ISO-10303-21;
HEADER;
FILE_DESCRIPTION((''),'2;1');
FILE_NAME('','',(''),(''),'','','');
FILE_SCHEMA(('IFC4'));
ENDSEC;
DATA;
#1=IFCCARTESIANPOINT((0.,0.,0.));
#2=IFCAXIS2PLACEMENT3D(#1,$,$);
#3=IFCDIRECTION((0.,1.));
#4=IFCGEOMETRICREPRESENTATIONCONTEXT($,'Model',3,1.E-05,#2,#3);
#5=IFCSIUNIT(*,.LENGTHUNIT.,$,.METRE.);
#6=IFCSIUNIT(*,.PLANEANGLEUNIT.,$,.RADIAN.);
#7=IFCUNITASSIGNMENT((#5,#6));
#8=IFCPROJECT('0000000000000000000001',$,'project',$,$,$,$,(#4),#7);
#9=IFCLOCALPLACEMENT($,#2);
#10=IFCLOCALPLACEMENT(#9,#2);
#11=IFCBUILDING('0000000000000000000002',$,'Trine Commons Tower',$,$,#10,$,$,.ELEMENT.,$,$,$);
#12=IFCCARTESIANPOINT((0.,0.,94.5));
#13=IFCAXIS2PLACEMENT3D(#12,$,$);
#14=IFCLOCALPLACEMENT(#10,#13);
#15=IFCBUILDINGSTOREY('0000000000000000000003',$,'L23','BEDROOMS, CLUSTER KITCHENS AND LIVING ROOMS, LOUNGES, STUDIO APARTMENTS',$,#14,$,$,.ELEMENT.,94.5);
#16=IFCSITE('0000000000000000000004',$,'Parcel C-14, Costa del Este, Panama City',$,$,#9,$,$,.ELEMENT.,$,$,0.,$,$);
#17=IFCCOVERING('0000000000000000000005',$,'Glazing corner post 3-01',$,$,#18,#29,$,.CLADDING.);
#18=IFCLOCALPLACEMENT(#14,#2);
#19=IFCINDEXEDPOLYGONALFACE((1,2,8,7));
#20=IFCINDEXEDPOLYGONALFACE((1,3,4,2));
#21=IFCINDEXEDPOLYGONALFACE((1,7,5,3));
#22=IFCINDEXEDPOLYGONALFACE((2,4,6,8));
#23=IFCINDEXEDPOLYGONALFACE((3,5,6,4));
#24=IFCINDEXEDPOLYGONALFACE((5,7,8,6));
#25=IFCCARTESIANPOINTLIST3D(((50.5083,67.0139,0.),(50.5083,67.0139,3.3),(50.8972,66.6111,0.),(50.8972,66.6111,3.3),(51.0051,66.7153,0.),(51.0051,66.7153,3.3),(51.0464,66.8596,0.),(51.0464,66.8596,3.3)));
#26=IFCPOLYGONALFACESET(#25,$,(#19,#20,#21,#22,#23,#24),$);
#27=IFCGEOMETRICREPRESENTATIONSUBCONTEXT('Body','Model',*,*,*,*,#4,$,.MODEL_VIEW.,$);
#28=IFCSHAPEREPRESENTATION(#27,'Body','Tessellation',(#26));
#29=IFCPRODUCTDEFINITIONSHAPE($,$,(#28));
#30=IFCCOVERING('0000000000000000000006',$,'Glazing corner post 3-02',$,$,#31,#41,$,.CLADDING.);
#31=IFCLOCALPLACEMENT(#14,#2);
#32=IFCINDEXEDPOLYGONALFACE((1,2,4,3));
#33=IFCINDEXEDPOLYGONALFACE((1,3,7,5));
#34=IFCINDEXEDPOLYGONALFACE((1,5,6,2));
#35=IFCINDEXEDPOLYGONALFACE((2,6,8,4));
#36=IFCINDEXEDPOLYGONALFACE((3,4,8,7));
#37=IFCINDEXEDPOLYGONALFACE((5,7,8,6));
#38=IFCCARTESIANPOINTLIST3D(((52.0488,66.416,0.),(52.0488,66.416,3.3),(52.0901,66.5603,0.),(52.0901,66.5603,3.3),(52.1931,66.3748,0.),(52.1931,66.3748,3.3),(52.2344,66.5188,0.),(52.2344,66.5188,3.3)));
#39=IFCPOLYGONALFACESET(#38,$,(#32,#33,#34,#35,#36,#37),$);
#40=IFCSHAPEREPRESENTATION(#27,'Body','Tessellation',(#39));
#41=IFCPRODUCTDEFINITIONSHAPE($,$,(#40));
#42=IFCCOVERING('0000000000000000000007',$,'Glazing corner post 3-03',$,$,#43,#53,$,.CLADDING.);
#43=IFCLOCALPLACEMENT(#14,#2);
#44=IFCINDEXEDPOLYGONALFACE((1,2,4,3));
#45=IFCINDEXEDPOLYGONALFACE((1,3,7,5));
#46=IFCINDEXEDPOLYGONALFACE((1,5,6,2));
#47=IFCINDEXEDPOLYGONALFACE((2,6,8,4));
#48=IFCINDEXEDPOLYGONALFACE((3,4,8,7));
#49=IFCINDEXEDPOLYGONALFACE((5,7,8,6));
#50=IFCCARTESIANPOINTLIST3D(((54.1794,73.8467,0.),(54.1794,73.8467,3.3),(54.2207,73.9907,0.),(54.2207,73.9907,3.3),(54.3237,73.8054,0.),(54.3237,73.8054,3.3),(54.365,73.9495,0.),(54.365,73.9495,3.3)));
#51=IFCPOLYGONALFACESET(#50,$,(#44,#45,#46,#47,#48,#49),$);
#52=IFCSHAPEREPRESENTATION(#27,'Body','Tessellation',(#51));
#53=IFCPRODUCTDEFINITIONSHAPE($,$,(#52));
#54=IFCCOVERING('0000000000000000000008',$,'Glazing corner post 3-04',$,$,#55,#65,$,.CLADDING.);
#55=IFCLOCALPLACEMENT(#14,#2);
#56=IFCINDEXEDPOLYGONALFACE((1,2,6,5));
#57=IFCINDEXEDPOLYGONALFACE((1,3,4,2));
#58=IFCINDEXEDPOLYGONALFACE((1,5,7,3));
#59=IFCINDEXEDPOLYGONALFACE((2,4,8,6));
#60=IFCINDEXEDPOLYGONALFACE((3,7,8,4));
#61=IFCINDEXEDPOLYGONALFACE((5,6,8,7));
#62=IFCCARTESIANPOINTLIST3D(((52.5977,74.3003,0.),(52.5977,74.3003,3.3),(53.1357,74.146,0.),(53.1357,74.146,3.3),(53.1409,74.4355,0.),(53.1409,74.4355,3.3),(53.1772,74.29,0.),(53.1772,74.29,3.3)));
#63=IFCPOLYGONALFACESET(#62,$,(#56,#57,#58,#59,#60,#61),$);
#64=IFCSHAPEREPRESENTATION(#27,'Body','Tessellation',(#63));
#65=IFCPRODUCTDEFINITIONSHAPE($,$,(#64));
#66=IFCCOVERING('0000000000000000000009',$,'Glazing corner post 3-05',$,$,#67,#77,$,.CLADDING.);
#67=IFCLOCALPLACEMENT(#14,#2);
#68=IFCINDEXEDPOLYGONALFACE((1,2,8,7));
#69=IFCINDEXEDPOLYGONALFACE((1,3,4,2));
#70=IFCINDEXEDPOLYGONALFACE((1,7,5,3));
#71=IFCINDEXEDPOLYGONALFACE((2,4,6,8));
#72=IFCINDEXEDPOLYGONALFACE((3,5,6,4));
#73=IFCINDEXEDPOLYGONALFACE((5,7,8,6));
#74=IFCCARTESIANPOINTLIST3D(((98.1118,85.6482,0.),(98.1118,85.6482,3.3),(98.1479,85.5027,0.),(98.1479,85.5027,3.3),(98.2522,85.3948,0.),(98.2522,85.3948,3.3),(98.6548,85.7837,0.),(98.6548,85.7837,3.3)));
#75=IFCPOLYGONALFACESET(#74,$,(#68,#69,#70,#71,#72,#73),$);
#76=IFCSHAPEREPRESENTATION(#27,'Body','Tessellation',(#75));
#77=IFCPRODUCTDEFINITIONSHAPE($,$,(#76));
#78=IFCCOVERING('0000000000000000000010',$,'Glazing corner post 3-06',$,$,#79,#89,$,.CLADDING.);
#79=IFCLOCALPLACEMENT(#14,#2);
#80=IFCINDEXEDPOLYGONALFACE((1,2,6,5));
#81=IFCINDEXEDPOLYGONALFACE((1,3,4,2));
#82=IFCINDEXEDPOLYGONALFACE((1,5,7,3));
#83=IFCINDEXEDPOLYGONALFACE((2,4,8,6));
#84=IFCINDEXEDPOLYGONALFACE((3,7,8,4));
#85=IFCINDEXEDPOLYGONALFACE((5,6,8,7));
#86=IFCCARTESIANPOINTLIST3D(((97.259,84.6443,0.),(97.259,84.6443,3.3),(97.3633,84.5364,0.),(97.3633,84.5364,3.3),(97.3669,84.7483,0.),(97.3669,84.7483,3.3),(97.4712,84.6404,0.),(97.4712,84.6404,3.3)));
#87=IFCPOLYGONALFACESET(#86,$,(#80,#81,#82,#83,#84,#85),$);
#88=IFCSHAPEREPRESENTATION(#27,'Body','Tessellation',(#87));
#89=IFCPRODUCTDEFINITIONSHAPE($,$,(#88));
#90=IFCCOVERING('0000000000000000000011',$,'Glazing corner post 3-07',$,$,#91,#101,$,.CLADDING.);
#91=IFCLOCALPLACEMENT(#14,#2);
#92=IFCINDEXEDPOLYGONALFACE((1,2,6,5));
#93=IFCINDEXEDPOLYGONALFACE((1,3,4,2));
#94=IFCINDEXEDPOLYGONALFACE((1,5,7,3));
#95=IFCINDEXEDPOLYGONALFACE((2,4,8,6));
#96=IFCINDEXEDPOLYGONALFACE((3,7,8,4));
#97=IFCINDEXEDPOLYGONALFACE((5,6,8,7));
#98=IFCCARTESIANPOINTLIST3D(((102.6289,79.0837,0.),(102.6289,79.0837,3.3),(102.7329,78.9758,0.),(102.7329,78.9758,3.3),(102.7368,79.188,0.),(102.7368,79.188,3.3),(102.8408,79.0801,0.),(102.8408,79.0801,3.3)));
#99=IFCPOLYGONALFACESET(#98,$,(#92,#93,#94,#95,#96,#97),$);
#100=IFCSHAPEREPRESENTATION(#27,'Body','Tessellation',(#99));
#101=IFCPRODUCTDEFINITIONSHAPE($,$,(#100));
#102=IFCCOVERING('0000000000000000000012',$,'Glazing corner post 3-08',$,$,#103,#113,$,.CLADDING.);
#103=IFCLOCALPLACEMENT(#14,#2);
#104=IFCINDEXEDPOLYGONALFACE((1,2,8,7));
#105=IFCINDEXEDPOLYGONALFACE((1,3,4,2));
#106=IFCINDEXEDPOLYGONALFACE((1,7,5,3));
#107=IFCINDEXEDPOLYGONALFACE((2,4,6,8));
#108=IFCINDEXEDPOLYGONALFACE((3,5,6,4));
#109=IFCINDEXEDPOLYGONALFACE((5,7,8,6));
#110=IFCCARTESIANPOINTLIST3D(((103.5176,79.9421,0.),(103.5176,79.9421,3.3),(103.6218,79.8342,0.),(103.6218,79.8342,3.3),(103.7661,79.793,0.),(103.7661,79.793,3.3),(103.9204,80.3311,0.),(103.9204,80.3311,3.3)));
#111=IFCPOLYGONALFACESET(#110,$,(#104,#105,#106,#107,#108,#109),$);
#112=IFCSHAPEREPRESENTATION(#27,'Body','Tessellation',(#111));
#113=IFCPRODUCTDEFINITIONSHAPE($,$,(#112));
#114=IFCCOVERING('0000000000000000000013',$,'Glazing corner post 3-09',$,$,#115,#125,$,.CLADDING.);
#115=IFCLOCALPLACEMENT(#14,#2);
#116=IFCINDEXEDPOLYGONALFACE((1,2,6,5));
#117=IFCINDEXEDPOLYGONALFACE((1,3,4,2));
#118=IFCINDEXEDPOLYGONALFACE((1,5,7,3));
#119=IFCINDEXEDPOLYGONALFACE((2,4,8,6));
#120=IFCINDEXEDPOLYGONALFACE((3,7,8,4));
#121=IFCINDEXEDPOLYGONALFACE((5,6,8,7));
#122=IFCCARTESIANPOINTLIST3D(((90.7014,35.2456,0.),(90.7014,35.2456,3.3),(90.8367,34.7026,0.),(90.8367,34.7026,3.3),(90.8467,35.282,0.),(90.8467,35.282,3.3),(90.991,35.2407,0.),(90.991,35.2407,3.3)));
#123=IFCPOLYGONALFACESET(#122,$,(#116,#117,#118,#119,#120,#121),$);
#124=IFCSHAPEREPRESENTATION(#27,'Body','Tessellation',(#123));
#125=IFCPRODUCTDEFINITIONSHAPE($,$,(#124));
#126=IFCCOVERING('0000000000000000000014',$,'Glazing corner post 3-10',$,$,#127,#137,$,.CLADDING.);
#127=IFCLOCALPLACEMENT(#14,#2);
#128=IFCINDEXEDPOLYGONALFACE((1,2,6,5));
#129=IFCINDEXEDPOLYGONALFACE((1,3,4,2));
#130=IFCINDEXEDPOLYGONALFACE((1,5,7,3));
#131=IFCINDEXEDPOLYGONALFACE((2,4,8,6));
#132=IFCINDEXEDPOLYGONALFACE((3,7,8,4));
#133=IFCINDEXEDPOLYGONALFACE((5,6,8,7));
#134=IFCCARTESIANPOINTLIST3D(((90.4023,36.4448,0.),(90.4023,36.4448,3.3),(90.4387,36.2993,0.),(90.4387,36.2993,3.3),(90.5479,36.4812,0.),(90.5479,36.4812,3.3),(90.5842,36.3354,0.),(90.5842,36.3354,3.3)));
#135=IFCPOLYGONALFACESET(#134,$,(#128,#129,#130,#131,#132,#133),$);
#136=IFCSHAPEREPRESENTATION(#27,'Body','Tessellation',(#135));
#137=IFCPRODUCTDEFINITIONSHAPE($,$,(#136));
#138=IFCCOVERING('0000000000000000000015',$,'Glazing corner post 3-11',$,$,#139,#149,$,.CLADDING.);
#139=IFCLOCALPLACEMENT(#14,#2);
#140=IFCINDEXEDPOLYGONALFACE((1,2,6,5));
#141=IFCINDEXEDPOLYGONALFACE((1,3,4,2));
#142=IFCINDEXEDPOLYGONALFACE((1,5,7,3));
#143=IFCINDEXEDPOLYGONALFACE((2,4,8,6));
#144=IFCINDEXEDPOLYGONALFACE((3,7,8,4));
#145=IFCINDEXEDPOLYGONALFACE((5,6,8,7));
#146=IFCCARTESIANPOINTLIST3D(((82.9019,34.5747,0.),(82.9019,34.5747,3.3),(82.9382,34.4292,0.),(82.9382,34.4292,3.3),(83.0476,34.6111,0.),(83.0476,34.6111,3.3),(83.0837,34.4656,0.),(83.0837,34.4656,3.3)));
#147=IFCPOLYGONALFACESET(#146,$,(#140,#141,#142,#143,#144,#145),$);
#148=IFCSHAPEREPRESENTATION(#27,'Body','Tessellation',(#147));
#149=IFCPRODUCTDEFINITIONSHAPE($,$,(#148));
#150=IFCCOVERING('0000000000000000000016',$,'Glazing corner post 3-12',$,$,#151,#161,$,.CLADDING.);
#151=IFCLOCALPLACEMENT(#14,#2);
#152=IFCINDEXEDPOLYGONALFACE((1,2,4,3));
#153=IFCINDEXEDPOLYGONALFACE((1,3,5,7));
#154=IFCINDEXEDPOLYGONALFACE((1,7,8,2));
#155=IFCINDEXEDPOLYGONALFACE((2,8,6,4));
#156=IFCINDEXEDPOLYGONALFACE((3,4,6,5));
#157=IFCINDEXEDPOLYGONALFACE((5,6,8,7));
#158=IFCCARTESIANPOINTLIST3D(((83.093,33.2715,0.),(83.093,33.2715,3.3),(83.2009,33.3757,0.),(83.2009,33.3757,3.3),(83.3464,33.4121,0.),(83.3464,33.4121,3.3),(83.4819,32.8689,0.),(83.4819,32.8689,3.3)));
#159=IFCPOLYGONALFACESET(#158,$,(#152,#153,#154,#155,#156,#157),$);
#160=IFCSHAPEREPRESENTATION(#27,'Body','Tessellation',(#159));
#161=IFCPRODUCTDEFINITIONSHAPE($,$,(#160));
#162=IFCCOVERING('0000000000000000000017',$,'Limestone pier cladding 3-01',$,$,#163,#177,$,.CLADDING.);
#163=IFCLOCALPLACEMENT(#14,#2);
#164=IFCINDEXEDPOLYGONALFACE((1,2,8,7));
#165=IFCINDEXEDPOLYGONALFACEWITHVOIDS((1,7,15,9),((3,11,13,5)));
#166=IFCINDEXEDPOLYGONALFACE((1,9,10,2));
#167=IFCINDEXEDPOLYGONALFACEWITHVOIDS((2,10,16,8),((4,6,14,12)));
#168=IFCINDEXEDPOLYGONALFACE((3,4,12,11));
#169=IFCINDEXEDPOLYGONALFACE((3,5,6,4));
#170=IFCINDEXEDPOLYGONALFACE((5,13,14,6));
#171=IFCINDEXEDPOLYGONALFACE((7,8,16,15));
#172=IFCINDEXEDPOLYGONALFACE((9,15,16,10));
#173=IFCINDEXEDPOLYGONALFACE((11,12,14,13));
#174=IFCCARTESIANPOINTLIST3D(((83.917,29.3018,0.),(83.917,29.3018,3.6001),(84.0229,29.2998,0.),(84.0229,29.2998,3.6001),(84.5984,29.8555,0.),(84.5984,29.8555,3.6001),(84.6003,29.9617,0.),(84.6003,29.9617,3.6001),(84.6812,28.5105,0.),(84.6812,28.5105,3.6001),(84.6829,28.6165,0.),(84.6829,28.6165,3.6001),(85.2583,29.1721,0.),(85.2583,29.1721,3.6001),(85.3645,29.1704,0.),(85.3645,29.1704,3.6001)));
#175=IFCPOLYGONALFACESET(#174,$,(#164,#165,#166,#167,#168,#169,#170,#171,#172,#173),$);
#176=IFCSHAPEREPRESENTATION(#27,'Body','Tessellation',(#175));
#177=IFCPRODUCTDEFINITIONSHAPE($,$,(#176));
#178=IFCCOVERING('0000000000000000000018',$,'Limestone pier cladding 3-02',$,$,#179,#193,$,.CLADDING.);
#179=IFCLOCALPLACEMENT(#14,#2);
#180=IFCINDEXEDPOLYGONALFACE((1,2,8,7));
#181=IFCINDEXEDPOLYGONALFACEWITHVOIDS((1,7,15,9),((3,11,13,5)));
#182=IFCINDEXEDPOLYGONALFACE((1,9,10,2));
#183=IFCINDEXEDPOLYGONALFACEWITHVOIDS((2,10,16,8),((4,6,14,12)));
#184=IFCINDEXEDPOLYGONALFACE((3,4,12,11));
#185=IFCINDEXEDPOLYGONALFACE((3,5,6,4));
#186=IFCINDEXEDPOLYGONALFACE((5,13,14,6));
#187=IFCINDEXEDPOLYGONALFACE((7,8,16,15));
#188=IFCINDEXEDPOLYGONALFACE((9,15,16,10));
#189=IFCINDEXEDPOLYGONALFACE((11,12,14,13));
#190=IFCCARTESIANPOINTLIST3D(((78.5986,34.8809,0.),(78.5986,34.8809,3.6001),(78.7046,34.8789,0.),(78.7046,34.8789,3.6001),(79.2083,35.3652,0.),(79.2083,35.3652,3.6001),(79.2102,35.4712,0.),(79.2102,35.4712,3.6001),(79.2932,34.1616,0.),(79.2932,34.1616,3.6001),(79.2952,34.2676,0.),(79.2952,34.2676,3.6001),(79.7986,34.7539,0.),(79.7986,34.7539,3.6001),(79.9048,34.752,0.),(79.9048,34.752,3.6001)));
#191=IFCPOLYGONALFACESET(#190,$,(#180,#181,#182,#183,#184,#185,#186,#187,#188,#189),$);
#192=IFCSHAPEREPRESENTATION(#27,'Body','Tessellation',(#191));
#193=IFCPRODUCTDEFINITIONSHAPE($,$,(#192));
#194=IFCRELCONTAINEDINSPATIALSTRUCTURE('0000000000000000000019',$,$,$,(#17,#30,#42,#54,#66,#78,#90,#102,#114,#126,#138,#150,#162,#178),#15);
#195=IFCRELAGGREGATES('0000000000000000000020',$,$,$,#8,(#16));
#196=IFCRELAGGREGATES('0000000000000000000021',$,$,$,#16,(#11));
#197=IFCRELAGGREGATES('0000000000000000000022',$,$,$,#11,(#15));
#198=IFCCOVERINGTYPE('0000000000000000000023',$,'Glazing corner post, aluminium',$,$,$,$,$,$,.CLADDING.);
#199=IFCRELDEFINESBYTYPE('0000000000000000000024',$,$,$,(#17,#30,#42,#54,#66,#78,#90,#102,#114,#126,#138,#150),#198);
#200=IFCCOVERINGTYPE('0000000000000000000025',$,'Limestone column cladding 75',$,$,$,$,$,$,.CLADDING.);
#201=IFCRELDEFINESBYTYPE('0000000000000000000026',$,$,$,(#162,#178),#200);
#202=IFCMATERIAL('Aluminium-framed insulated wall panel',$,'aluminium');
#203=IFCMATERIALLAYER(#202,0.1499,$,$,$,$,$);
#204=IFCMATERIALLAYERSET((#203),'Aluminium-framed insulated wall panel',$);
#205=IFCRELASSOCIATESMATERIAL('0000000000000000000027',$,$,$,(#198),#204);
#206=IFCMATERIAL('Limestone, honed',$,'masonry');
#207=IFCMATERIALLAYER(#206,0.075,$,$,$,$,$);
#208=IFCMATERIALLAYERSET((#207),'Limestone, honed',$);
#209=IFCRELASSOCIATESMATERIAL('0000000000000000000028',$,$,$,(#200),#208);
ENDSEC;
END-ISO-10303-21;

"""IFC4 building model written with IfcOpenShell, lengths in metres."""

from ifc_helpers import new_model, si_unit, direction, frame, origin, place, context, subcontext, project, spatial, polyline, outline, extrude, material, layer, layer_set, type_object, element, save


model = new_model("IFC4")

# Units and contexts
model_context = context("Model", 3, precision=1e-05, world=origin(), true_north=direction((0.0, 1.0)))
body_context = subcontext(model_context, "Body", "Model", "MODEL_VIEW")
ifc_project = project(units=[si_unit("LENGTHUNIT", "METRE"), si_unit("PLANEANGLEUNIT", "RADIAN")], contexts=[model_context])

# Site, building, storey
site_placement = place(None, origin())
site = spatial("IfcSite", under=ifc_project, at=site_placement, Name="Parcel C-14, Costa del Este, Panama City", CompositionType="ELEMENT", RefElevation=0.0)
building_placement = place(site_placement, origin())
building = spatial("IfcBuilding", under=site, at=building_placement, Name="Trine Commons Tower", CompositionType="ELEMENT")
storey_placement = place(building_placement, frame((0.0, 0.0, 94.5)))
storey = spatial("IfcBuildingStorey", under=building, at=storey_placement, Name="L23", Description="BEDROOMS, CLUSTER KITCHENS AND LIVING ROOMS, LOUNGES, STUDIO APARTMENTS", CompositionType="ELEMENT", Elevation=94.5)

# Coverings
ifc_material_1 = material(Name="Aluminium-framed insulated wall panel", Category="aluminium")
ifc_layer_1 = layer(ifc_material_1, 0.1499)
ifc_layer_set_1 = layer_set([ifc_layer_1], Name="Aluminium-framed insulated wall panel")
covering_type_1 = type_object("IfcCoveringType", Name="Glazing corner post, aluminium", PredefinedType="CLADDING", material=ifc_layer_set_1)
covering_1_placement = place(storey_placement, origin())
element("IfcCovering", 1, at=covering_1_placement, inside=storey, type_object=covering_type_1, Name="Glazing corner post 3-01", PredefinedType="CLADDING", context=body_context, shape_type="SweptSolid", body=[
    extrude(outline(polyline([(50.8972, 66.6111), (51.0051, 66.7153), (51.0464, 66.8596), (50.5083, 67.0139), (50.8972, 66.6111)])), origin(), (0.0, 0.0, 1.0), 3.3),
])
covering_2_placement = place(storey_placement, origin())
element("IfcCovering", 2, at=covering_2_placement, inside=storey, type_object=covering_type_1, Name="Glazing corner post 3-02", PredefinedType="CLADDING", context=body_context, shape_type="SweptSolid", body=[
    extrude(outline(polyline([(52.0488, 66.416), (52.1931, 66.3748), (52.2344, 66.5188), (52.0901, 66.5603), (52.0488, 66.416)])), origin(), (0.0, 0.0, 1.0), 3.3),
])
covering_3_placement = place(storey_placement, origin())
element("IfcCovering", 3, at=covering_3_placement, inside=storey, type_object=covering_type_1, Name="Glazing corner post 3-03", PredefinedType="CLADDING", context=body_context, shape_type="SweptSolid", body=[
    extrude(outline(polyline([(54.3237, 73.8054), (54.365, 73.9495), (54.2207, 73.9907), (54.1794, 73.8467), (54.3237, 73.8054)])), origin(), (0.0, 0.0, 1.0), 3.3),
])
covering_4_placement = place(storey_placement, origin())
element("IfcCovering", 4, at=covering_4_placement, inside=storey, type_object=covering_type_1, Name="Glazing corner post 3-04", PredefinedType="CLADDING", context=body_context, shape_type="SweptSolid", body=[
    extrude(outline(polyline([(53.1357, 74.146), (53.1772, 74.29), (53.1409, 74.4355), (52.5977, 74.3003), (53.1357, 74.146)])), origin(), (0.0, 0.0, 1.0), 3.3),
])
covering_5_placement = place(storey_placement, origin())
element("IfcCovering", 5, at=covering_5_placement, inside=storey, type_object=covering_type_1, Name="Glazing corner post 3-05", PredefinedType="CLADDING", context=body_context, shape_type="SweptSolid", body=[
    extrude(outline(polyline([(98.2522, 85.3948), (98.6548, 85.7837), (98.1118, 85.6482), (98.1479, 85.5027), (98.2522, 85.3948)])), origin(), (0.0, 0.0, 1.0), 3.3),
])
covering_6_placement = place(storey_placement, origin())
element("IfcCovering", 6, at=covering_6_placement, inside=storey, type_object=covering_type_1, Name="Glazing corner post 3-06", PredefinedType="CLADDING", context=body_context, shape_type="SweptSolid", body=[
    extrude(outline(polyline([(97.3633, 84.5364), (97.4712, 84.6404), (97.4712, 84.6404), (97.3669, 84.7483), (97.259, 84.6443), (97.3633, 84.5364)])), origin(), (0.0, 0.0, 1.0), 3.3),
])
covering_7_placement = place(storey_placement, origin())
element("IfcCovering", 7, at=covering_7_placement, inside=storey, type_object=covering_type_1, Name="Glazing corner post 3-07", PredefinedType="CLADDING", context=body_context, shape_type="SweptSolid", body=[
    extrude(outline(polyline([(102.6289, 79.0837), (102.7329, 78.9758), (102.8408, 79.0801), (102.7368, 79.188), (102.7368, 79.188), (102.6289, 79.0837)])), origin(), (0.0, 0.0, 1.0), 3.3),
])
covering_8_placement = place(storey_placement, origin())
element("IfcCovering", 8, at=covering_8_placement, inside=storey, type_object=covering_type_1, Name="Glazing corner post 3-08", PredefinedType="CLADDING", context=body_context, shape_type="SweptSolid", body=[
    extrude(outline(polyline([(103.7661, 79.793), (103.9204, 80.3311), (103.5176, 79.9421), (103.6218, 79.8342), (103.7661, 79.793)])), origin(), (0.0, 0.0, 1.0), 3.3),
])
covering_9_placement = place(storey_placement, origin())
element("IfcCovering", 9, at=covering_9_placement, inside=storey, type_object=covering_type_1, Name="Glazing corner post 3-09", PredefinedType="CLADDING", context=body_context, shape_type="SweptSolid", body=[
    extrude(outline(polyline([(90.7014, 35.2456), (90.8367, 34.7026), (90.991, 35.2407), (90.8467, 35.282), (90.7014, 35.2456)])), origin(), (0.0, 0.0, 1.0), 3.3),
])
covering_10_placement = place(storey_placement, origin())
element("IfcCovering", 10, at=covering_10_placement, inside=storey, type_object=covering_type_1, Name="Glazing corner post 3-10", PredefinedType="CLADDING", context=body_context, shape_type="SweptSolid", body=[
    extrude(outline(polyline([(90.4023, 36.4448), (90.4387, 36.2993), (90.5842, 36.3354), (90.5479, 36.4812), (90.4023, 36.4448)])), origin(), (0.0, 0.0, 1.0), 3.3),
])
covering_11_placement = place(storey_placement, origin())
element("IfcCovering", 11, at=covering_11_placement, inside=storey, type_object=covering_type_1, Name="Glazing corner post 3-11", PredefinedType="CLADDING", context=body_context, shape_type="SweptSolid", body=[
    extrude(outline(polyline([(82.9382, 34.4292), (83.0837, 34.4656), (83.0476, 34.6111), (82.9019, 34.5747), (82.9382, 34.4292)])), origin(), (0.0, 0.0, 1.0), 3.3),
])
covering_12_placement = place(storey_placement, origin())
element("IfcCovering", 12, at=covering_12_placement, inside=storey, type_object=covering_type_1, Name="Glazing corner post 3-12", PredefinedType="CLADDING", context=body_context, shape_type="SweptSolid", body=[
    extrude(outline(polyline([(83.093, 33.2715), (83.4819, 32.8689), (83.3464, 33.4121), (83.2009, 33.3757), (83.093, 33.2715)])), origin(), (0.0, 0.0, 1.0), 3.3),
])
ifc_material_2 = material(Name="Limestone, honed", Category="masonry")
ifc_layer_2 = layer(ifc_material_2, 0.075)
ifc_layer_set_2 = layer_set([ifc_layer_2], Name="Limestone, honed")
covering_type_2 = type_object("IfcCoveringType", Name="Limestone column cladding 75", PredefinedType="CLADDING", material=ifc_layer_set_2)
covering_13_placement = place(storey_placement, origin())
element("IfcCovering", 13, at=covering_13_placement, inside=storey, type_object=covering_type_2, Name="Limestone pier cladding 3-01", PredefinedType="CLADDING", context=body_context, shape_type="SweptSolid", body=[
    extrude(outline(polyline([(84.6003, 29.9617), (83.917, 29.3018), (84.6812, 28.5105), (85.3645, 29.1704), (84.6003, 29.9617)]), holes=[polyline([(84.5984, 29.8555), (84.0229, 29.2998), (84.6829, 28.6165), (85.2583, 29.1721), (84.5984, 29.8555)])]), origin(), (0.0, 0.0, 1.0), 3.6001),
])
covering_14_placement = place(storey_placement, origin())
element("IfcCovering", 14, at=covering_14_placement, inside=storey, type_object=covering_type_2, Name="Limestone pier cladding 3-02", PredefinedType="CLADDING", context=body_context, shape_type="SweptSolid", body=[
    extrude(outline(polyline([(79.2102, 35.4712), (78.5986, 34.8809), (79.2932, 34.1616), (79.9048, 34.752), (79.2102, 35.4712)]), holes=[polyline([(79.2083, 35.3652), (78.7046, 34.8789), (79.2952, 34.2676), (79.7986, 34.7539), (79.2083, 35.3652)])]), origin(), (0.0, 0.0, 1.0), 3.6001),
])

save(model, "model.ifc")
